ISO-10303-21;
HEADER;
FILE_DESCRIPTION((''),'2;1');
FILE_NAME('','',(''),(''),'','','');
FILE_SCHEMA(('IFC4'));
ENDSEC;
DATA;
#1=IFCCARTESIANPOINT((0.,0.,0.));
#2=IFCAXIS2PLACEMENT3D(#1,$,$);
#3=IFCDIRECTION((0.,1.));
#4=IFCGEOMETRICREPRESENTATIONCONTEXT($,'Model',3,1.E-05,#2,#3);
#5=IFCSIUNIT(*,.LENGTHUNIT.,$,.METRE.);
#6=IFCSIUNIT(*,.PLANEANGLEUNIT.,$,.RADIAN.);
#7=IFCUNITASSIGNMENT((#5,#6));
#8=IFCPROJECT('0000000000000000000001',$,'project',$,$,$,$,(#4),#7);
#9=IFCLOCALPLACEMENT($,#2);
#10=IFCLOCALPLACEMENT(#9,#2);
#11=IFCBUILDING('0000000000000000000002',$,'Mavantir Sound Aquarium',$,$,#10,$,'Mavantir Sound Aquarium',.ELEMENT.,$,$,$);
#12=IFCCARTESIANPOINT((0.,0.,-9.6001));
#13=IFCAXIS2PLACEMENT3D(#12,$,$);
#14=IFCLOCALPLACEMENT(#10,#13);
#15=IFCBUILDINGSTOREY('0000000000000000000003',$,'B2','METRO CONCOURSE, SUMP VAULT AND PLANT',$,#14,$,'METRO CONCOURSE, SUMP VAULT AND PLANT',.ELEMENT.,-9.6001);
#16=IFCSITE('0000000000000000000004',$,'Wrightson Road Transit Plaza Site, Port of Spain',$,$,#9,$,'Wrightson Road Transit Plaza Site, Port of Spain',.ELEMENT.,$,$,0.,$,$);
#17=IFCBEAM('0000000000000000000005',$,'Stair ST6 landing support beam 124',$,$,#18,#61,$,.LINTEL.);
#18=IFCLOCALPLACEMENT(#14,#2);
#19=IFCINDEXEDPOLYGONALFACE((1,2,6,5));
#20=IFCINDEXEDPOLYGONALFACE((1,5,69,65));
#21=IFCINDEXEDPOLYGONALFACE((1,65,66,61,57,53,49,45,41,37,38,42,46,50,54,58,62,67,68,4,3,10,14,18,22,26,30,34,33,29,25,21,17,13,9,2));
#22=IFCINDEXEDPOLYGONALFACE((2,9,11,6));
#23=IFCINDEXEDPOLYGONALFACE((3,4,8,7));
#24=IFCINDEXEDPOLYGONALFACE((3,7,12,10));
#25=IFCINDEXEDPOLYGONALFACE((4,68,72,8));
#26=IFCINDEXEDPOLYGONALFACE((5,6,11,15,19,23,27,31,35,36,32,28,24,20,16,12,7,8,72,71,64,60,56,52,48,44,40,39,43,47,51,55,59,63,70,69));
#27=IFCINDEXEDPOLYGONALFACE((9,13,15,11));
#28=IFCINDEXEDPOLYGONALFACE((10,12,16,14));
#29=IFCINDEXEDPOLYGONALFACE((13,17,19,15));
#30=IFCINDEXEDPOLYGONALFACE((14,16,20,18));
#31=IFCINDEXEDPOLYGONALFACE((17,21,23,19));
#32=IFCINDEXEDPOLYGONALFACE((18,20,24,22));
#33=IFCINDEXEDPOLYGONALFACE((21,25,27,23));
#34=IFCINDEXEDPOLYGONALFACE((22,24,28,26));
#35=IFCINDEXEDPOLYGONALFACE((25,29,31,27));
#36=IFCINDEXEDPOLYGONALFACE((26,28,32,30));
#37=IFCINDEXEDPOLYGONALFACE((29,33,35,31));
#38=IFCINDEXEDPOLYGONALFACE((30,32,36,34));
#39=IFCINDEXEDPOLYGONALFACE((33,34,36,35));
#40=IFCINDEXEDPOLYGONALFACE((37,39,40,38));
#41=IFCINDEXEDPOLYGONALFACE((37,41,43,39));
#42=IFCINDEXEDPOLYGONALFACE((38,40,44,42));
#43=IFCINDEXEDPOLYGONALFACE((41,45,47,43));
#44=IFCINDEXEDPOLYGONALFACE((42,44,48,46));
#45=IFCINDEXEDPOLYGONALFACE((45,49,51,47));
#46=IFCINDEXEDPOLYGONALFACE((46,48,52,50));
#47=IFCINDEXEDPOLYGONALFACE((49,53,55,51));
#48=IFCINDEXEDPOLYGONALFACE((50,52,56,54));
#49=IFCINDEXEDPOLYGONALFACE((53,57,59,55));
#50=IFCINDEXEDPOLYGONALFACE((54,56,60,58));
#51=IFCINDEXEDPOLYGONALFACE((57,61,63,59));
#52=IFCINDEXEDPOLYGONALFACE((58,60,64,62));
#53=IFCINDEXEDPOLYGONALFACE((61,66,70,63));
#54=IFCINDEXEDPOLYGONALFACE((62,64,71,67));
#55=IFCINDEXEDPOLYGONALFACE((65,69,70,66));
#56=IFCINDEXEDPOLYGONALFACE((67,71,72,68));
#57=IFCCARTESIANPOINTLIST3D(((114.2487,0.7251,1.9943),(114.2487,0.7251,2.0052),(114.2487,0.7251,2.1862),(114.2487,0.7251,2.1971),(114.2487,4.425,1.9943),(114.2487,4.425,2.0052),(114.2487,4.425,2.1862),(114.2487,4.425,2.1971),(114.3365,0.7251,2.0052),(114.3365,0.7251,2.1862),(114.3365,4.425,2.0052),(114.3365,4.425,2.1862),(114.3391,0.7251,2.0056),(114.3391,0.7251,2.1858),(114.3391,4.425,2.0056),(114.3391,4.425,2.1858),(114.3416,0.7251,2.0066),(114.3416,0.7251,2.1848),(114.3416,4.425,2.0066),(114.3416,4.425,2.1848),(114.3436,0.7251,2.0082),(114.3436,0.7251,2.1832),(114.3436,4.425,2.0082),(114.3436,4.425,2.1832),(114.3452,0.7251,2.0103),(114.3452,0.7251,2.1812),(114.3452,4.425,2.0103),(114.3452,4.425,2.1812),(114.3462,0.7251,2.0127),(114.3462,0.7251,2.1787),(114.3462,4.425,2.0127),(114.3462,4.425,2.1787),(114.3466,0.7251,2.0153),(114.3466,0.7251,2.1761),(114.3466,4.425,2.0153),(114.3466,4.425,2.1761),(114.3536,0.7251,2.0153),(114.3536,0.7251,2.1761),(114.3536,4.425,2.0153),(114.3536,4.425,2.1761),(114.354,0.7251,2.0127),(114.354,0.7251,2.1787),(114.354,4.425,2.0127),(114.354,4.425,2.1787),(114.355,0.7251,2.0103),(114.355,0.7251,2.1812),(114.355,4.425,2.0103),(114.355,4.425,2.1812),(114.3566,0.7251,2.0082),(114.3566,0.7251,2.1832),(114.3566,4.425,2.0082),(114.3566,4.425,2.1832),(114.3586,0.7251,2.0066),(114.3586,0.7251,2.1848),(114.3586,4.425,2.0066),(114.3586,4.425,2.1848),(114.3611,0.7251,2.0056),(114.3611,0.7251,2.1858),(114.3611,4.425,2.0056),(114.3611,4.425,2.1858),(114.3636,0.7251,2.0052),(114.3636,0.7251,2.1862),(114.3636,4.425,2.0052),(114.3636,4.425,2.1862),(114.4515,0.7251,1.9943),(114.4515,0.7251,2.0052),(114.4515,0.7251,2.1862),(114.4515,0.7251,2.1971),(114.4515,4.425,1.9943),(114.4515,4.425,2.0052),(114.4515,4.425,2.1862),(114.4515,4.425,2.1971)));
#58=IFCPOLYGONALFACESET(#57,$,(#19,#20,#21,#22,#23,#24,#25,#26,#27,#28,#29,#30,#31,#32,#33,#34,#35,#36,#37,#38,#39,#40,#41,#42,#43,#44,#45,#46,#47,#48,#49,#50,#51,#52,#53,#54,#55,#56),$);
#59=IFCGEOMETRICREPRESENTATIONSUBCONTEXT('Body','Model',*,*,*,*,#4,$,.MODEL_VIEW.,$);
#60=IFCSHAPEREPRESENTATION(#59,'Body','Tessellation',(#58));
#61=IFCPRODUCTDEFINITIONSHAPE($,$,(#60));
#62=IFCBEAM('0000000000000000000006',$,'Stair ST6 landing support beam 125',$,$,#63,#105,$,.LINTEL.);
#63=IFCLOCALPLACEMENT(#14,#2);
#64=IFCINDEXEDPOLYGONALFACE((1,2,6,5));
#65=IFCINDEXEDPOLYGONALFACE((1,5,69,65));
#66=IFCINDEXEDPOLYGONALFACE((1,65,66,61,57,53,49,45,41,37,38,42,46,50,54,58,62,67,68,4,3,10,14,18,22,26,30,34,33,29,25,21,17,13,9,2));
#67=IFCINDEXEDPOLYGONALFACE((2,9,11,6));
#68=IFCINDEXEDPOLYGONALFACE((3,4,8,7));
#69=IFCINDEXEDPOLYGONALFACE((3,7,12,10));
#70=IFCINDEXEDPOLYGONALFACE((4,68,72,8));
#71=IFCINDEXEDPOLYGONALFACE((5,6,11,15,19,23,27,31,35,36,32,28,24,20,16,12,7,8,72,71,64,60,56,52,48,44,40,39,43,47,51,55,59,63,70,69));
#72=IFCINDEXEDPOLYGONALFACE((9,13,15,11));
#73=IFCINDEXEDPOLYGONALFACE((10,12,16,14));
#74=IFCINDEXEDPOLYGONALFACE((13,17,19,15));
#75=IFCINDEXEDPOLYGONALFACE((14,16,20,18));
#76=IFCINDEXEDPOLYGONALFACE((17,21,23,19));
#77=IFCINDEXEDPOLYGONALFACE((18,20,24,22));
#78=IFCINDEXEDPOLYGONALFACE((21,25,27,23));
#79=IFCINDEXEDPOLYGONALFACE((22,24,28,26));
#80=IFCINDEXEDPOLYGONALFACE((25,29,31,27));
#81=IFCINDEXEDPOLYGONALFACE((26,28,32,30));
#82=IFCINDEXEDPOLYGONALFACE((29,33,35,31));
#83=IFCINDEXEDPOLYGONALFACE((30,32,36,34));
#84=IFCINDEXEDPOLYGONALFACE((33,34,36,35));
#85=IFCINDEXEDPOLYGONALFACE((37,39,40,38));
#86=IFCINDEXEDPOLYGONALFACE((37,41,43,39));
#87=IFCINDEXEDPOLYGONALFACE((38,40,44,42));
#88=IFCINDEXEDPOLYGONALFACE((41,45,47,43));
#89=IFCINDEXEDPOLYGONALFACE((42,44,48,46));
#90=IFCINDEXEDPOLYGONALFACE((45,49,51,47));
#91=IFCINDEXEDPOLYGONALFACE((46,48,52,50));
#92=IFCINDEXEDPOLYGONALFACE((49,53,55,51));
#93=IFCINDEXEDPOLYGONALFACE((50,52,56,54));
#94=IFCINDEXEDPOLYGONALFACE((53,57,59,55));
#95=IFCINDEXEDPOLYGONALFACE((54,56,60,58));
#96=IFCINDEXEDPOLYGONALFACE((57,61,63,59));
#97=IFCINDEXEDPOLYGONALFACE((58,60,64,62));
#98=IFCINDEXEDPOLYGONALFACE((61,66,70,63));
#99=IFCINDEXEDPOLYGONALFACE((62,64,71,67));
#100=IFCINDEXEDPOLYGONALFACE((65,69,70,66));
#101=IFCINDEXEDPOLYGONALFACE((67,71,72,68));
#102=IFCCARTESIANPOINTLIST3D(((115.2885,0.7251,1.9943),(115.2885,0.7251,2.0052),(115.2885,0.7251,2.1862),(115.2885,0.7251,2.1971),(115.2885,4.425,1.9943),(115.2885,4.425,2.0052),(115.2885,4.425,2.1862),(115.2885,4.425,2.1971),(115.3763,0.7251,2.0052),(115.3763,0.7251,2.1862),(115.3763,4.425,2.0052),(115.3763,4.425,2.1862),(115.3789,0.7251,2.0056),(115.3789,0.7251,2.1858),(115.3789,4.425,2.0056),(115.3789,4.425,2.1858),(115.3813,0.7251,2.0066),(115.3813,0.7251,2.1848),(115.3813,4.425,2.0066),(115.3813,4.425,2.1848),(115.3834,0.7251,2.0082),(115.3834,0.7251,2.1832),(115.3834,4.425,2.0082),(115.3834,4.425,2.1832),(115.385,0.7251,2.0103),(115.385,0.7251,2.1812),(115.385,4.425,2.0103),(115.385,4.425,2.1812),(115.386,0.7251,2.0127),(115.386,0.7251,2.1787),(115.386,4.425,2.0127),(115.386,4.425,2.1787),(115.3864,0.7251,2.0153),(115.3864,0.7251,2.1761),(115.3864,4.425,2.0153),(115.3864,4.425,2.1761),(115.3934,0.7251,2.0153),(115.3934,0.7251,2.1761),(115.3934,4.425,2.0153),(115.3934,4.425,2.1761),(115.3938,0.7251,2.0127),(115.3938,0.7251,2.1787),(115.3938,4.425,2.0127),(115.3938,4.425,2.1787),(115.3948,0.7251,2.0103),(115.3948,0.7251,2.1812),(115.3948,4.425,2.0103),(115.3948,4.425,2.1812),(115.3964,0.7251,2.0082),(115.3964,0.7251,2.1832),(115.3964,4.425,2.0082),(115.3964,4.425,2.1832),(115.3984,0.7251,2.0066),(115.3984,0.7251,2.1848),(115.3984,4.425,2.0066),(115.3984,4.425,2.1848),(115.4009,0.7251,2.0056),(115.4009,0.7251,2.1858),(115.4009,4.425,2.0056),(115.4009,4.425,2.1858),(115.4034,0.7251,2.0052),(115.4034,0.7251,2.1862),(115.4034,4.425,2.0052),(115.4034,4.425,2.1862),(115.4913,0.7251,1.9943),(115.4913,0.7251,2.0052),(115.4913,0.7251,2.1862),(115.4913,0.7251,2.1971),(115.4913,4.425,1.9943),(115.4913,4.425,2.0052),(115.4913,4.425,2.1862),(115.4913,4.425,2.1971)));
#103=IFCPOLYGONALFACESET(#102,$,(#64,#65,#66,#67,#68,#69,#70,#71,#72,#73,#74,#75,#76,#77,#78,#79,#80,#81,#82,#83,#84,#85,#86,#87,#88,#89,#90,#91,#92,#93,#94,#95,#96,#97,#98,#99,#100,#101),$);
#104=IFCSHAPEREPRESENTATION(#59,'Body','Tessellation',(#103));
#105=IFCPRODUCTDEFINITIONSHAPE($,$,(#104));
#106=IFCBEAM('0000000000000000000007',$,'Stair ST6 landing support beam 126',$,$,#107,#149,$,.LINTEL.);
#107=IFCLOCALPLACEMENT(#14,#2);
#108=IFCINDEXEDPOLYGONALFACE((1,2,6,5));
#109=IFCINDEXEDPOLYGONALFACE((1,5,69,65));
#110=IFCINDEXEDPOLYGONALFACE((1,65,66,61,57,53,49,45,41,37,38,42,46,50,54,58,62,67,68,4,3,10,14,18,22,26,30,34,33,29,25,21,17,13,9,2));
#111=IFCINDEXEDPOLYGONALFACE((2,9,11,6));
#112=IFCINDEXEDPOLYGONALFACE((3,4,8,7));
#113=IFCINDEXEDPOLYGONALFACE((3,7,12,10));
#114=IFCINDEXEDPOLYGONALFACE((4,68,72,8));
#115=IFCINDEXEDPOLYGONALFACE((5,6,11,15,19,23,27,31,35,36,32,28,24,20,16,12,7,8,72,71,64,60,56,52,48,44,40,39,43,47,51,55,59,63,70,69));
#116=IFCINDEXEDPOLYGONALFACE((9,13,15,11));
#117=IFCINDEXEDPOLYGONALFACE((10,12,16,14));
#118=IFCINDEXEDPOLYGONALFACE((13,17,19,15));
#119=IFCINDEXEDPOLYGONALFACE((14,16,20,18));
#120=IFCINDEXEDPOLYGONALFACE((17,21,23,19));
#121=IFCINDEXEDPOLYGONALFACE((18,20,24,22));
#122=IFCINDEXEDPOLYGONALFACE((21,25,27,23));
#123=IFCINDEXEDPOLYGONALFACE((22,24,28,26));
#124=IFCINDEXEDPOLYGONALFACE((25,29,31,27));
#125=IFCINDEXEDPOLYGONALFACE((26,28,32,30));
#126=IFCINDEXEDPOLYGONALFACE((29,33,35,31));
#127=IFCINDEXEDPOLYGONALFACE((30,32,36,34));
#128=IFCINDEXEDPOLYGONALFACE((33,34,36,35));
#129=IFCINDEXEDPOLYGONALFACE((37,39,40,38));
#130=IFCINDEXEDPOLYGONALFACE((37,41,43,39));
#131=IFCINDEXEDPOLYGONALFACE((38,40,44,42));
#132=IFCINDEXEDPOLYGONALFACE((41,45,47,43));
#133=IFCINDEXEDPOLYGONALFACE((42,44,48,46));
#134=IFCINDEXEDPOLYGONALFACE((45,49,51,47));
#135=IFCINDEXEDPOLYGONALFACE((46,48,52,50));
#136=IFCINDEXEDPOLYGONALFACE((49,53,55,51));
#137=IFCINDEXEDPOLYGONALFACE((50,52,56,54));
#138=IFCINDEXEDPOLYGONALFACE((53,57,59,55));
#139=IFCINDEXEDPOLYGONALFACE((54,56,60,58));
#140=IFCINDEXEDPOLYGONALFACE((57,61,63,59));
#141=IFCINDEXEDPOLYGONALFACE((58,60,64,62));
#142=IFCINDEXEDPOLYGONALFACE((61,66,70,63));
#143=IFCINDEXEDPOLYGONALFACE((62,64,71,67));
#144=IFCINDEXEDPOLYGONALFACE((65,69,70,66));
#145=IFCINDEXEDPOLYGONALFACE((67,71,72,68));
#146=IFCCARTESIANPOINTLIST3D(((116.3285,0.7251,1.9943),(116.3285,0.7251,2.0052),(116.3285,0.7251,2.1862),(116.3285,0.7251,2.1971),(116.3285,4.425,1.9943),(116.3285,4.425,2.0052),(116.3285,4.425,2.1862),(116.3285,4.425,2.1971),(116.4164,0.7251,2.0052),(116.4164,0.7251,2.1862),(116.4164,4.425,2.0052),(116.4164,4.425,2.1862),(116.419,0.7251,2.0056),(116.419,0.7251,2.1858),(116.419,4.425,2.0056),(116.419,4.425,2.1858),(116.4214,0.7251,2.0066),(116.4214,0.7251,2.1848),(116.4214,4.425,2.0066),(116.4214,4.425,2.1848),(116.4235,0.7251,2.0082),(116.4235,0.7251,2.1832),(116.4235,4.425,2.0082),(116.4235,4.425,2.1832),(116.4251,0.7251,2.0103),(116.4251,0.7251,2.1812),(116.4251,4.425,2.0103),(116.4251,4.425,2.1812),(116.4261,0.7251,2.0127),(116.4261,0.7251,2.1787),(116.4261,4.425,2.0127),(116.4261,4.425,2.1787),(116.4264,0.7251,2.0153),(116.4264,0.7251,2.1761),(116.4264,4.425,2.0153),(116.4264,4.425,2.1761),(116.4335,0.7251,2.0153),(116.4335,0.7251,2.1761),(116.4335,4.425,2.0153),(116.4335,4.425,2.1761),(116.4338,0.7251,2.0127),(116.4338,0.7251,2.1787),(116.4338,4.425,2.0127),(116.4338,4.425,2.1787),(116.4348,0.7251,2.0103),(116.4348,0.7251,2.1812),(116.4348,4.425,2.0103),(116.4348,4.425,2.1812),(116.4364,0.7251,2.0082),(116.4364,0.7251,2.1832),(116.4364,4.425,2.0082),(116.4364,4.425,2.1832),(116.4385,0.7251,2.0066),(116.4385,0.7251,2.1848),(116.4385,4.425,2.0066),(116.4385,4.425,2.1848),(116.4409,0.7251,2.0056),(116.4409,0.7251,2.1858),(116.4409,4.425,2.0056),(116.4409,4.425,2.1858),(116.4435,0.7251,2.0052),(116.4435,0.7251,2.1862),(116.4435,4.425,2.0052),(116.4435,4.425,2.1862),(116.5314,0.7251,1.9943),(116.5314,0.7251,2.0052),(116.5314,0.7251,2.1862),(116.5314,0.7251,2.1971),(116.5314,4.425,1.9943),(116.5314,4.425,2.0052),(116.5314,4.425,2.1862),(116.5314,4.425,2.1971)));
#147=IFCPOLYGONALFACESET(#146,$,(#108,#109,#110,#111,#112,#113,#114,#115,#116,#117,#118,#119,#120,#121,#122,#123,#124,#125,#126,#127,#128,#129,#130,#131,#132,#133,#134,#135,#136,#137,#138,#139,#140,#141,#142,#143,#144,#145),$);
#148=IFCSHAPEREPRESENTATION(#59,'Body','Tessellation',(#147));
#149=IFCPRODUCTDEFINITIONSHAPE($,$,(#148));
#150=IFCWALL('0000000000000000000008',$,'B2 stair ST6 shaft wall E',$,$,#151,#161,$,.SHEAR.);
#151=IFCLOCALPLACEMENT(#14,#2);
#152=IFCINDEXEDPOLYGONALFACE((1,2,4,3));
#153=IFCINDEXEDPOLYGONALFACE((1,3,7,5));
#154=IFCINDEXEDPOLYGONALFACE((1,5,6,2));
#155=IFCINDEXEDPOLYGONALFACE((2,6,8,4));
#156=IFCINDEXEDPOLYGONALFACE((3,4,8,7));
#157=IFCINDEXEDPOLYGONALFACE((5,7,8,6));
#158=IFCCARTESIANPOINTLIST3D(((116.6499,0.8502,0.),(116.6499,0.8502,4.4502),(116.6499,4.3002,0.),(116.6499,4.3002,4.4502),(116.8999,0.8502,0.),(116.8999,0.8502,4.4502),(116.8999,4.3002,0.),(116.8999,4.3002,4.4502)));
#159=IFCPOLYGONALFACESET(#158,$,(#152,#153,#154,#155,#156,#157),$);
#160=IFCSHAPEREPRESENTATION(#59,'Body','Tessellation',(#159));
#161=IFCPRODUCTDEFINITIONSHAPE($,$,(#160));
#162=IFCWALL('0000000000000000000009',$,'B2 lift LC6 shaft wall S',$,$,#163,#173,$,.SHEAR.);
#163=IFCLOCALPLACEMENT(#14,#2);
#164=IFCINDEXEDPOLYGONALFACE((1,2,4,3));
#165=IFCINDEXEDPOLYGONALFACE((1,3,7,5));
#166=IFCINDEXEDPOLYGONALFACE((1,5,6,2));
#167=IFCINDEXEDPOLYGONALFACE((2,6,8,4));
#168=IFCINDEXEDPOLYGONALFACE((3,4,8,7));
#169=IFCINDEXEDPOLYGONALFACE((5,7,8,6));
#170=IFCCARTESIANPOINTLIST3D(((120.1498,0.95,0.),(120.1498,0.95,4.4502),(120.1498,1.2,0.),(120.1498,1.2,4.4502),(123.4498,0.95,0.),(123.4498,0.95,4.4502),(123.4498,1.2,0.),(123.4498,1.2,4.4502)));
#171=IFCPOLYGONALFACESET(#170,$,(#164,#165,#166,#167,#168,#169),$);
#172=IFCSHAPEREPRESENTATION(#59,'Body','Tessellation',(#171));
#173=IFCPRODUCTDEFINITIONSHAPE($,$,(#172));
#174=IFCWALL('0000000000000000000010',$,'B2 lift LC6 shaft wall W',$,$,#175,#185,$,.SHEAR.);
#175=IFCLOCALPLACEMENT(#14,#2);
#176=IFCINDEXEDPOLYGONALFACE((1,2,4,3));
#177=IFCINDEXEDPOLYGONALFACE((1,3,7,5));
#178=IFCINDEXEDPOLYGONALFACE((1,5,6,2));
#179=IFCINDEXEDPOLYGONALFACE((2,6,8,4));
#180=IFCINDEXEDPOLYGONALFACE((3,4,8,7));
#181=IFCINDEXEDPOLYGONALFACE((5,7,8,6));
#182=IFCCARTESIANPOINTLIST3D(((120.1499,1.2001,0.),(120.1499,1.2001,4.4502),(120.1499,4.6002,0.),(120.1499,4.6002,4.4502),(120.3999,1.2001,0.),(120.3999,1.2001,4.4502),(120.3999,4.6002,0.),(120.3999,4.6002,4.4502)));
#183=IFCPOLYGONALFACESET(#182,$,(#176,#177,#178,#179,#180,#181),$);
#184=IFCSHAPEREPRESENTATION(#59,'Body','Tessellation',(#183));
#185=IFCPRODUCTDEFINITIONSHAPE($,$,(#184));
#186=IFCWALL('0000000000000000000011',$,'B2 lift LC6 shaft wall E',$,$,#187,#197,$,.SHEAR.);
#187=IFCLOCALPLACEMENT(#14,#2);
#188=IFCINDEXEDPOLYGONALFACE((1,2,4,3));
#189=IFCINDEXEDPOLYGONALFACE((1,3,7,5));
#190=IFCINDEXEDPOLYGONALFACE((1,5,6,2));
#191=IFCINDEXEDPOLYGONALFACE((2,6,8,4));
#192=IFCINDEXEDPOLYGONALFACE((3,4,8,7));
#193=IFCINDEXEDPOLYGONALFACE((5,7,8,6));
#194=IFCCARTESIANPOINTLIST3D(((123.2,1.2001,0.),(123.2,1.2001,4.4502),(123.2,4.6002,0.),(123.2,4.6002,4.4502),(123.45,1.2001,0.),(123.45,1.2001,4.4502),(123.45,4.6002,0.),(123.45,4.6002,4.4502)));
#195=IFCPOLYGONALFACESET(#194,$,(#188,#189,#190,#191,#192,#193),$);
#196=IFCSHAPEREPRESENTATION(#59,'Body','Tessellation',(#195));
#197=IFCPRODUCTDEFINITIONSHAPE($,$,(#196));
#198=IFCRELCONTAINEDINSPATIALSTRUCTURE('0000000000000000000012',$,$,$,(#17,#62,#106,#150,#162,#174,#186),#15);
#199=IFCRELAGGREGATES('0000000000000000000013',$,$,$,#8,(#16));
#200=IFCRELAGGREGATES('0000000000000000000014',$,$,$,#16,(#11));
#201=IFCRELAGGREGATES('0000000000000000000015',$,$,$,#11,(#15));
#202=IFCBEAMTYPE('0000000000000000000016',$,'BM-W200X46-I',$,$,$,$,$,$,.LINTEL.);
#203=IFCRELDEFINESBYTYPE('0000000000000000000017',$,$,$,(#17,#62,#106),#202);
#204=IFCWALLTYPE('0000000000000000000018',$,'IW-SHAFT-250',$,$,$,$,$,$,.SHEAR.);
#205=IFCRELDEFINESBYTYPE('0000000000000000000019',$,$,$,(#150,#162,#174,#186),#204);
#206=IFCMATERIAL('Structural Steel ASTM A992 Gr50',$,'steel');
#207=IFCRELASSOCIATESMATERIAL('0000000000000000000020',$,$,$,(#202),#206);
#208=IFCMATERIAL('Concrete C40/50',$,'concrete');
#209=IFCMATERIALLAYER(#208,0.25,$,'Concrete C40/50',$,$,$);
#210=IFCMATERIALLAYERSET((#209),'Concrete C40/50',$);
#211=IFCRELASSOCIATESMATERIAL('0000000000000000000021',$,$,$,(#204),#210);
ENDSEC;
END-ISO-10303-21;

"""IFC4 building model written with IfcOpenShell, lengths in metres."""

from ifc_helpers import new_model, si_unit, direction, frame, frame_2d, origin, origin_2d, place, context, subcontext, project, spatial, rectangle, i_section, extrude, material, layer, layer_set, material_profile, profile_set, type_object, element, save


model = new_model("IFC4")

# Units and contexts
model_context = context("Model", 3, precision=1e-05, world=origin(), true_north=direction((0.0, 1.0)))
body_context = subcontext(model_context, "Body", "Model", "MODEL_VIEW")
ifc_project = project(units=[si_unit("LENGTHUNIT", "METRE"), si_unit("PLANEANGLEUNIT", "RADIAN")], contexts=[model_context])

# Site, building, storey
site_placement = place(None, origin())
site = spatial("IfcSite", under=ifc_project, at=site_placement, Name="Wrightson Road Transit Plaza Site, Port of Spain", LongName="Wrightson Road Transit Plaza Site, Port of Spain", CompositionType="ELEMENT", RefElevation=0.0)
building_placement = place(site_placement, origin())
building = spatial("IfcBuilding", under=site, at=building_placement, Name="Mavantir Sound Aquarium", LongName="Mavantir Sound Aquarium", CompositionType="ELEMENT")
storey_placement = place(building_placement, frame((0.0, 0.0, -9.6001)))
storey = spatial("IfcBuildingStorey", under=building, at=storey_placement, Name="B2", Description="METRO CONCOURSE, SUMP VAULT AND PLANT", LongName="METRO CONCOURSE, SUMP VAULT AND PLANT", CompositionType="ELEMENT", Elevation=-9.6001)

# Shared definitions
ifc_material_1 = material(Name="Concrete C40/50", Category="concrete")

# Beams
ifc_material_2 = material(Name="Structural Steel ASTM A992 Gr50", Category="steel")
ifc_material_profile_1 = material_profile(ifc_material_2, i_section(OverallWidth=0.2029, OverallDepth=0.2029, WebThickness=0.0071, FlangeThickness=0.011, FilletRadius=0.01, at=origin_2d()), Name="W200X46")
ifc_profile_set_1 = profile_set([ifc_material_profile_1], Name="Structural Steel ASTM A992 Gr50")
beam_type_1 = type_object("IfcBeamType", Name="BM-W200X46-I", PredefinedType="LINTEL", material=ifc_profile_set_1)
for number, where, z_axis, x_axis, name in (
    (1, (114.3501, 0.7251, 2.0957), (0.0, 1.0, 0.0), (-1.0, 0.0, 0.0), "Stair ST6 landing support beam 124"),
    (2, (115.3899, 0.7251, 2.0957), (0.0, 1.0, 0.0), (-1.0, 0.0, 0.0), "Stair ST6 landing support beam 125"),
    (3, (116.4299, 0.7251, 2.0957), (0.0, 1.0, 0.0), (-1.0, 0.0, 0.0), "Stair ST6 landing support beam 126"),
):
    element("IfcBeam", number, at=place(storey_placement, frame(where, z_axis=z_axis, x_axis=x_axis)), inside=storey, type_object=beam_type_1, Name=name, PredefinedType="LINTEL", context=body_context, shape_type="SweptSolid", body=[
        extrude(i_section(OverallWidth=0.2029, OverallDepth=0.2029, WebThickness=0.0071, FlangeThickness=0.011, FilletRadius=0.01, at=origin_2d()), origin(), (0.0, 0.0, 1.0), 3.7),
    ])

# Walls
ifc_layer_1 = layer(ifc_material_1, 0.25, Name="Concrete C40/50")
ifc_layer_set_1 = layer_set([ifc_layer_1], Name="Concrete C40/50")
wall_type_1 = type_object("IfcWallType", Name="IW-SHAFT-250", PredefinedType="SHEAR", material=ifc_layer_set_1)
wall_1_placement = place(storey_placement, frame((116.7749, 0.8501, 0.0), z_axis=(0.0, 0.0, 1.0), x_axis=(0.0, 1.0, 0.0)))
element("IfcWall", 4, at=wall_1_placement, inside=storey, type_object=wall_type_1, Name="B2 stair ST6 shaft wall E", PredefinedType="SHEAR", context=body_context, shape_type="SweptSolid", body=[
    extrude(rectangle(XDim=3.45, YDim=0.25, at=frame_2d((1.7251, 0.0))), origin(), (0.0, 0.0, 1.0), 4.4502),
])
wall_2_placement = place(storey_placement, frame((120.1499, 1.075, 0.0), z_axis=(0.0, 0.0, 1.0), x_axis=(1.0, 0.0, 0.0)))
element("IfcWall", 5, at=wall_2_placement, inside=storey, type_object=wall_type_1, Name="B2 lift LC6 shaft wall S", PredefinedType="SHEAR", context=body_context, shape_type="SweptSolid", body=[
    extrude(rectangle(XDim=3.3, YDim=0.25, at=frame_2d((1.6499, 0.0))), origin(), (0.0, 0.0, 1.0), 4.4502),
])
for number, where, z_axis, x_axis, name in (
    (6, (120.2749, 1.2, 0.0), (0.0, 0.0, 1.0), (0.0, 1.0, 0.0), "B2 lift LC6 shaft wall W"),
    (7, (123.325, 1.2, 0.0), (0.0, 0.0, 1.0), (0.0, 1.0, 0.0), "B2 lift LC6 shaft wall E"),
):
    element("IfcWall", number, at=place(storey_placement, frame(where, z_axis=z_axis, x_axis=x_axis)), inside=storey, type_object=wall_type_1, Name=name, PredefinedType="SHEAR", context=body_context, shape_type="SweptSolid", body=[
        extrude(rectangle(XDim=3.4001, YDim=0.25, at=frame_2d((1.7002, 0.0))), origin(), (0.0, 0.0, 1.0), 4.4502),
    ])

save(model, "model.ifc")
